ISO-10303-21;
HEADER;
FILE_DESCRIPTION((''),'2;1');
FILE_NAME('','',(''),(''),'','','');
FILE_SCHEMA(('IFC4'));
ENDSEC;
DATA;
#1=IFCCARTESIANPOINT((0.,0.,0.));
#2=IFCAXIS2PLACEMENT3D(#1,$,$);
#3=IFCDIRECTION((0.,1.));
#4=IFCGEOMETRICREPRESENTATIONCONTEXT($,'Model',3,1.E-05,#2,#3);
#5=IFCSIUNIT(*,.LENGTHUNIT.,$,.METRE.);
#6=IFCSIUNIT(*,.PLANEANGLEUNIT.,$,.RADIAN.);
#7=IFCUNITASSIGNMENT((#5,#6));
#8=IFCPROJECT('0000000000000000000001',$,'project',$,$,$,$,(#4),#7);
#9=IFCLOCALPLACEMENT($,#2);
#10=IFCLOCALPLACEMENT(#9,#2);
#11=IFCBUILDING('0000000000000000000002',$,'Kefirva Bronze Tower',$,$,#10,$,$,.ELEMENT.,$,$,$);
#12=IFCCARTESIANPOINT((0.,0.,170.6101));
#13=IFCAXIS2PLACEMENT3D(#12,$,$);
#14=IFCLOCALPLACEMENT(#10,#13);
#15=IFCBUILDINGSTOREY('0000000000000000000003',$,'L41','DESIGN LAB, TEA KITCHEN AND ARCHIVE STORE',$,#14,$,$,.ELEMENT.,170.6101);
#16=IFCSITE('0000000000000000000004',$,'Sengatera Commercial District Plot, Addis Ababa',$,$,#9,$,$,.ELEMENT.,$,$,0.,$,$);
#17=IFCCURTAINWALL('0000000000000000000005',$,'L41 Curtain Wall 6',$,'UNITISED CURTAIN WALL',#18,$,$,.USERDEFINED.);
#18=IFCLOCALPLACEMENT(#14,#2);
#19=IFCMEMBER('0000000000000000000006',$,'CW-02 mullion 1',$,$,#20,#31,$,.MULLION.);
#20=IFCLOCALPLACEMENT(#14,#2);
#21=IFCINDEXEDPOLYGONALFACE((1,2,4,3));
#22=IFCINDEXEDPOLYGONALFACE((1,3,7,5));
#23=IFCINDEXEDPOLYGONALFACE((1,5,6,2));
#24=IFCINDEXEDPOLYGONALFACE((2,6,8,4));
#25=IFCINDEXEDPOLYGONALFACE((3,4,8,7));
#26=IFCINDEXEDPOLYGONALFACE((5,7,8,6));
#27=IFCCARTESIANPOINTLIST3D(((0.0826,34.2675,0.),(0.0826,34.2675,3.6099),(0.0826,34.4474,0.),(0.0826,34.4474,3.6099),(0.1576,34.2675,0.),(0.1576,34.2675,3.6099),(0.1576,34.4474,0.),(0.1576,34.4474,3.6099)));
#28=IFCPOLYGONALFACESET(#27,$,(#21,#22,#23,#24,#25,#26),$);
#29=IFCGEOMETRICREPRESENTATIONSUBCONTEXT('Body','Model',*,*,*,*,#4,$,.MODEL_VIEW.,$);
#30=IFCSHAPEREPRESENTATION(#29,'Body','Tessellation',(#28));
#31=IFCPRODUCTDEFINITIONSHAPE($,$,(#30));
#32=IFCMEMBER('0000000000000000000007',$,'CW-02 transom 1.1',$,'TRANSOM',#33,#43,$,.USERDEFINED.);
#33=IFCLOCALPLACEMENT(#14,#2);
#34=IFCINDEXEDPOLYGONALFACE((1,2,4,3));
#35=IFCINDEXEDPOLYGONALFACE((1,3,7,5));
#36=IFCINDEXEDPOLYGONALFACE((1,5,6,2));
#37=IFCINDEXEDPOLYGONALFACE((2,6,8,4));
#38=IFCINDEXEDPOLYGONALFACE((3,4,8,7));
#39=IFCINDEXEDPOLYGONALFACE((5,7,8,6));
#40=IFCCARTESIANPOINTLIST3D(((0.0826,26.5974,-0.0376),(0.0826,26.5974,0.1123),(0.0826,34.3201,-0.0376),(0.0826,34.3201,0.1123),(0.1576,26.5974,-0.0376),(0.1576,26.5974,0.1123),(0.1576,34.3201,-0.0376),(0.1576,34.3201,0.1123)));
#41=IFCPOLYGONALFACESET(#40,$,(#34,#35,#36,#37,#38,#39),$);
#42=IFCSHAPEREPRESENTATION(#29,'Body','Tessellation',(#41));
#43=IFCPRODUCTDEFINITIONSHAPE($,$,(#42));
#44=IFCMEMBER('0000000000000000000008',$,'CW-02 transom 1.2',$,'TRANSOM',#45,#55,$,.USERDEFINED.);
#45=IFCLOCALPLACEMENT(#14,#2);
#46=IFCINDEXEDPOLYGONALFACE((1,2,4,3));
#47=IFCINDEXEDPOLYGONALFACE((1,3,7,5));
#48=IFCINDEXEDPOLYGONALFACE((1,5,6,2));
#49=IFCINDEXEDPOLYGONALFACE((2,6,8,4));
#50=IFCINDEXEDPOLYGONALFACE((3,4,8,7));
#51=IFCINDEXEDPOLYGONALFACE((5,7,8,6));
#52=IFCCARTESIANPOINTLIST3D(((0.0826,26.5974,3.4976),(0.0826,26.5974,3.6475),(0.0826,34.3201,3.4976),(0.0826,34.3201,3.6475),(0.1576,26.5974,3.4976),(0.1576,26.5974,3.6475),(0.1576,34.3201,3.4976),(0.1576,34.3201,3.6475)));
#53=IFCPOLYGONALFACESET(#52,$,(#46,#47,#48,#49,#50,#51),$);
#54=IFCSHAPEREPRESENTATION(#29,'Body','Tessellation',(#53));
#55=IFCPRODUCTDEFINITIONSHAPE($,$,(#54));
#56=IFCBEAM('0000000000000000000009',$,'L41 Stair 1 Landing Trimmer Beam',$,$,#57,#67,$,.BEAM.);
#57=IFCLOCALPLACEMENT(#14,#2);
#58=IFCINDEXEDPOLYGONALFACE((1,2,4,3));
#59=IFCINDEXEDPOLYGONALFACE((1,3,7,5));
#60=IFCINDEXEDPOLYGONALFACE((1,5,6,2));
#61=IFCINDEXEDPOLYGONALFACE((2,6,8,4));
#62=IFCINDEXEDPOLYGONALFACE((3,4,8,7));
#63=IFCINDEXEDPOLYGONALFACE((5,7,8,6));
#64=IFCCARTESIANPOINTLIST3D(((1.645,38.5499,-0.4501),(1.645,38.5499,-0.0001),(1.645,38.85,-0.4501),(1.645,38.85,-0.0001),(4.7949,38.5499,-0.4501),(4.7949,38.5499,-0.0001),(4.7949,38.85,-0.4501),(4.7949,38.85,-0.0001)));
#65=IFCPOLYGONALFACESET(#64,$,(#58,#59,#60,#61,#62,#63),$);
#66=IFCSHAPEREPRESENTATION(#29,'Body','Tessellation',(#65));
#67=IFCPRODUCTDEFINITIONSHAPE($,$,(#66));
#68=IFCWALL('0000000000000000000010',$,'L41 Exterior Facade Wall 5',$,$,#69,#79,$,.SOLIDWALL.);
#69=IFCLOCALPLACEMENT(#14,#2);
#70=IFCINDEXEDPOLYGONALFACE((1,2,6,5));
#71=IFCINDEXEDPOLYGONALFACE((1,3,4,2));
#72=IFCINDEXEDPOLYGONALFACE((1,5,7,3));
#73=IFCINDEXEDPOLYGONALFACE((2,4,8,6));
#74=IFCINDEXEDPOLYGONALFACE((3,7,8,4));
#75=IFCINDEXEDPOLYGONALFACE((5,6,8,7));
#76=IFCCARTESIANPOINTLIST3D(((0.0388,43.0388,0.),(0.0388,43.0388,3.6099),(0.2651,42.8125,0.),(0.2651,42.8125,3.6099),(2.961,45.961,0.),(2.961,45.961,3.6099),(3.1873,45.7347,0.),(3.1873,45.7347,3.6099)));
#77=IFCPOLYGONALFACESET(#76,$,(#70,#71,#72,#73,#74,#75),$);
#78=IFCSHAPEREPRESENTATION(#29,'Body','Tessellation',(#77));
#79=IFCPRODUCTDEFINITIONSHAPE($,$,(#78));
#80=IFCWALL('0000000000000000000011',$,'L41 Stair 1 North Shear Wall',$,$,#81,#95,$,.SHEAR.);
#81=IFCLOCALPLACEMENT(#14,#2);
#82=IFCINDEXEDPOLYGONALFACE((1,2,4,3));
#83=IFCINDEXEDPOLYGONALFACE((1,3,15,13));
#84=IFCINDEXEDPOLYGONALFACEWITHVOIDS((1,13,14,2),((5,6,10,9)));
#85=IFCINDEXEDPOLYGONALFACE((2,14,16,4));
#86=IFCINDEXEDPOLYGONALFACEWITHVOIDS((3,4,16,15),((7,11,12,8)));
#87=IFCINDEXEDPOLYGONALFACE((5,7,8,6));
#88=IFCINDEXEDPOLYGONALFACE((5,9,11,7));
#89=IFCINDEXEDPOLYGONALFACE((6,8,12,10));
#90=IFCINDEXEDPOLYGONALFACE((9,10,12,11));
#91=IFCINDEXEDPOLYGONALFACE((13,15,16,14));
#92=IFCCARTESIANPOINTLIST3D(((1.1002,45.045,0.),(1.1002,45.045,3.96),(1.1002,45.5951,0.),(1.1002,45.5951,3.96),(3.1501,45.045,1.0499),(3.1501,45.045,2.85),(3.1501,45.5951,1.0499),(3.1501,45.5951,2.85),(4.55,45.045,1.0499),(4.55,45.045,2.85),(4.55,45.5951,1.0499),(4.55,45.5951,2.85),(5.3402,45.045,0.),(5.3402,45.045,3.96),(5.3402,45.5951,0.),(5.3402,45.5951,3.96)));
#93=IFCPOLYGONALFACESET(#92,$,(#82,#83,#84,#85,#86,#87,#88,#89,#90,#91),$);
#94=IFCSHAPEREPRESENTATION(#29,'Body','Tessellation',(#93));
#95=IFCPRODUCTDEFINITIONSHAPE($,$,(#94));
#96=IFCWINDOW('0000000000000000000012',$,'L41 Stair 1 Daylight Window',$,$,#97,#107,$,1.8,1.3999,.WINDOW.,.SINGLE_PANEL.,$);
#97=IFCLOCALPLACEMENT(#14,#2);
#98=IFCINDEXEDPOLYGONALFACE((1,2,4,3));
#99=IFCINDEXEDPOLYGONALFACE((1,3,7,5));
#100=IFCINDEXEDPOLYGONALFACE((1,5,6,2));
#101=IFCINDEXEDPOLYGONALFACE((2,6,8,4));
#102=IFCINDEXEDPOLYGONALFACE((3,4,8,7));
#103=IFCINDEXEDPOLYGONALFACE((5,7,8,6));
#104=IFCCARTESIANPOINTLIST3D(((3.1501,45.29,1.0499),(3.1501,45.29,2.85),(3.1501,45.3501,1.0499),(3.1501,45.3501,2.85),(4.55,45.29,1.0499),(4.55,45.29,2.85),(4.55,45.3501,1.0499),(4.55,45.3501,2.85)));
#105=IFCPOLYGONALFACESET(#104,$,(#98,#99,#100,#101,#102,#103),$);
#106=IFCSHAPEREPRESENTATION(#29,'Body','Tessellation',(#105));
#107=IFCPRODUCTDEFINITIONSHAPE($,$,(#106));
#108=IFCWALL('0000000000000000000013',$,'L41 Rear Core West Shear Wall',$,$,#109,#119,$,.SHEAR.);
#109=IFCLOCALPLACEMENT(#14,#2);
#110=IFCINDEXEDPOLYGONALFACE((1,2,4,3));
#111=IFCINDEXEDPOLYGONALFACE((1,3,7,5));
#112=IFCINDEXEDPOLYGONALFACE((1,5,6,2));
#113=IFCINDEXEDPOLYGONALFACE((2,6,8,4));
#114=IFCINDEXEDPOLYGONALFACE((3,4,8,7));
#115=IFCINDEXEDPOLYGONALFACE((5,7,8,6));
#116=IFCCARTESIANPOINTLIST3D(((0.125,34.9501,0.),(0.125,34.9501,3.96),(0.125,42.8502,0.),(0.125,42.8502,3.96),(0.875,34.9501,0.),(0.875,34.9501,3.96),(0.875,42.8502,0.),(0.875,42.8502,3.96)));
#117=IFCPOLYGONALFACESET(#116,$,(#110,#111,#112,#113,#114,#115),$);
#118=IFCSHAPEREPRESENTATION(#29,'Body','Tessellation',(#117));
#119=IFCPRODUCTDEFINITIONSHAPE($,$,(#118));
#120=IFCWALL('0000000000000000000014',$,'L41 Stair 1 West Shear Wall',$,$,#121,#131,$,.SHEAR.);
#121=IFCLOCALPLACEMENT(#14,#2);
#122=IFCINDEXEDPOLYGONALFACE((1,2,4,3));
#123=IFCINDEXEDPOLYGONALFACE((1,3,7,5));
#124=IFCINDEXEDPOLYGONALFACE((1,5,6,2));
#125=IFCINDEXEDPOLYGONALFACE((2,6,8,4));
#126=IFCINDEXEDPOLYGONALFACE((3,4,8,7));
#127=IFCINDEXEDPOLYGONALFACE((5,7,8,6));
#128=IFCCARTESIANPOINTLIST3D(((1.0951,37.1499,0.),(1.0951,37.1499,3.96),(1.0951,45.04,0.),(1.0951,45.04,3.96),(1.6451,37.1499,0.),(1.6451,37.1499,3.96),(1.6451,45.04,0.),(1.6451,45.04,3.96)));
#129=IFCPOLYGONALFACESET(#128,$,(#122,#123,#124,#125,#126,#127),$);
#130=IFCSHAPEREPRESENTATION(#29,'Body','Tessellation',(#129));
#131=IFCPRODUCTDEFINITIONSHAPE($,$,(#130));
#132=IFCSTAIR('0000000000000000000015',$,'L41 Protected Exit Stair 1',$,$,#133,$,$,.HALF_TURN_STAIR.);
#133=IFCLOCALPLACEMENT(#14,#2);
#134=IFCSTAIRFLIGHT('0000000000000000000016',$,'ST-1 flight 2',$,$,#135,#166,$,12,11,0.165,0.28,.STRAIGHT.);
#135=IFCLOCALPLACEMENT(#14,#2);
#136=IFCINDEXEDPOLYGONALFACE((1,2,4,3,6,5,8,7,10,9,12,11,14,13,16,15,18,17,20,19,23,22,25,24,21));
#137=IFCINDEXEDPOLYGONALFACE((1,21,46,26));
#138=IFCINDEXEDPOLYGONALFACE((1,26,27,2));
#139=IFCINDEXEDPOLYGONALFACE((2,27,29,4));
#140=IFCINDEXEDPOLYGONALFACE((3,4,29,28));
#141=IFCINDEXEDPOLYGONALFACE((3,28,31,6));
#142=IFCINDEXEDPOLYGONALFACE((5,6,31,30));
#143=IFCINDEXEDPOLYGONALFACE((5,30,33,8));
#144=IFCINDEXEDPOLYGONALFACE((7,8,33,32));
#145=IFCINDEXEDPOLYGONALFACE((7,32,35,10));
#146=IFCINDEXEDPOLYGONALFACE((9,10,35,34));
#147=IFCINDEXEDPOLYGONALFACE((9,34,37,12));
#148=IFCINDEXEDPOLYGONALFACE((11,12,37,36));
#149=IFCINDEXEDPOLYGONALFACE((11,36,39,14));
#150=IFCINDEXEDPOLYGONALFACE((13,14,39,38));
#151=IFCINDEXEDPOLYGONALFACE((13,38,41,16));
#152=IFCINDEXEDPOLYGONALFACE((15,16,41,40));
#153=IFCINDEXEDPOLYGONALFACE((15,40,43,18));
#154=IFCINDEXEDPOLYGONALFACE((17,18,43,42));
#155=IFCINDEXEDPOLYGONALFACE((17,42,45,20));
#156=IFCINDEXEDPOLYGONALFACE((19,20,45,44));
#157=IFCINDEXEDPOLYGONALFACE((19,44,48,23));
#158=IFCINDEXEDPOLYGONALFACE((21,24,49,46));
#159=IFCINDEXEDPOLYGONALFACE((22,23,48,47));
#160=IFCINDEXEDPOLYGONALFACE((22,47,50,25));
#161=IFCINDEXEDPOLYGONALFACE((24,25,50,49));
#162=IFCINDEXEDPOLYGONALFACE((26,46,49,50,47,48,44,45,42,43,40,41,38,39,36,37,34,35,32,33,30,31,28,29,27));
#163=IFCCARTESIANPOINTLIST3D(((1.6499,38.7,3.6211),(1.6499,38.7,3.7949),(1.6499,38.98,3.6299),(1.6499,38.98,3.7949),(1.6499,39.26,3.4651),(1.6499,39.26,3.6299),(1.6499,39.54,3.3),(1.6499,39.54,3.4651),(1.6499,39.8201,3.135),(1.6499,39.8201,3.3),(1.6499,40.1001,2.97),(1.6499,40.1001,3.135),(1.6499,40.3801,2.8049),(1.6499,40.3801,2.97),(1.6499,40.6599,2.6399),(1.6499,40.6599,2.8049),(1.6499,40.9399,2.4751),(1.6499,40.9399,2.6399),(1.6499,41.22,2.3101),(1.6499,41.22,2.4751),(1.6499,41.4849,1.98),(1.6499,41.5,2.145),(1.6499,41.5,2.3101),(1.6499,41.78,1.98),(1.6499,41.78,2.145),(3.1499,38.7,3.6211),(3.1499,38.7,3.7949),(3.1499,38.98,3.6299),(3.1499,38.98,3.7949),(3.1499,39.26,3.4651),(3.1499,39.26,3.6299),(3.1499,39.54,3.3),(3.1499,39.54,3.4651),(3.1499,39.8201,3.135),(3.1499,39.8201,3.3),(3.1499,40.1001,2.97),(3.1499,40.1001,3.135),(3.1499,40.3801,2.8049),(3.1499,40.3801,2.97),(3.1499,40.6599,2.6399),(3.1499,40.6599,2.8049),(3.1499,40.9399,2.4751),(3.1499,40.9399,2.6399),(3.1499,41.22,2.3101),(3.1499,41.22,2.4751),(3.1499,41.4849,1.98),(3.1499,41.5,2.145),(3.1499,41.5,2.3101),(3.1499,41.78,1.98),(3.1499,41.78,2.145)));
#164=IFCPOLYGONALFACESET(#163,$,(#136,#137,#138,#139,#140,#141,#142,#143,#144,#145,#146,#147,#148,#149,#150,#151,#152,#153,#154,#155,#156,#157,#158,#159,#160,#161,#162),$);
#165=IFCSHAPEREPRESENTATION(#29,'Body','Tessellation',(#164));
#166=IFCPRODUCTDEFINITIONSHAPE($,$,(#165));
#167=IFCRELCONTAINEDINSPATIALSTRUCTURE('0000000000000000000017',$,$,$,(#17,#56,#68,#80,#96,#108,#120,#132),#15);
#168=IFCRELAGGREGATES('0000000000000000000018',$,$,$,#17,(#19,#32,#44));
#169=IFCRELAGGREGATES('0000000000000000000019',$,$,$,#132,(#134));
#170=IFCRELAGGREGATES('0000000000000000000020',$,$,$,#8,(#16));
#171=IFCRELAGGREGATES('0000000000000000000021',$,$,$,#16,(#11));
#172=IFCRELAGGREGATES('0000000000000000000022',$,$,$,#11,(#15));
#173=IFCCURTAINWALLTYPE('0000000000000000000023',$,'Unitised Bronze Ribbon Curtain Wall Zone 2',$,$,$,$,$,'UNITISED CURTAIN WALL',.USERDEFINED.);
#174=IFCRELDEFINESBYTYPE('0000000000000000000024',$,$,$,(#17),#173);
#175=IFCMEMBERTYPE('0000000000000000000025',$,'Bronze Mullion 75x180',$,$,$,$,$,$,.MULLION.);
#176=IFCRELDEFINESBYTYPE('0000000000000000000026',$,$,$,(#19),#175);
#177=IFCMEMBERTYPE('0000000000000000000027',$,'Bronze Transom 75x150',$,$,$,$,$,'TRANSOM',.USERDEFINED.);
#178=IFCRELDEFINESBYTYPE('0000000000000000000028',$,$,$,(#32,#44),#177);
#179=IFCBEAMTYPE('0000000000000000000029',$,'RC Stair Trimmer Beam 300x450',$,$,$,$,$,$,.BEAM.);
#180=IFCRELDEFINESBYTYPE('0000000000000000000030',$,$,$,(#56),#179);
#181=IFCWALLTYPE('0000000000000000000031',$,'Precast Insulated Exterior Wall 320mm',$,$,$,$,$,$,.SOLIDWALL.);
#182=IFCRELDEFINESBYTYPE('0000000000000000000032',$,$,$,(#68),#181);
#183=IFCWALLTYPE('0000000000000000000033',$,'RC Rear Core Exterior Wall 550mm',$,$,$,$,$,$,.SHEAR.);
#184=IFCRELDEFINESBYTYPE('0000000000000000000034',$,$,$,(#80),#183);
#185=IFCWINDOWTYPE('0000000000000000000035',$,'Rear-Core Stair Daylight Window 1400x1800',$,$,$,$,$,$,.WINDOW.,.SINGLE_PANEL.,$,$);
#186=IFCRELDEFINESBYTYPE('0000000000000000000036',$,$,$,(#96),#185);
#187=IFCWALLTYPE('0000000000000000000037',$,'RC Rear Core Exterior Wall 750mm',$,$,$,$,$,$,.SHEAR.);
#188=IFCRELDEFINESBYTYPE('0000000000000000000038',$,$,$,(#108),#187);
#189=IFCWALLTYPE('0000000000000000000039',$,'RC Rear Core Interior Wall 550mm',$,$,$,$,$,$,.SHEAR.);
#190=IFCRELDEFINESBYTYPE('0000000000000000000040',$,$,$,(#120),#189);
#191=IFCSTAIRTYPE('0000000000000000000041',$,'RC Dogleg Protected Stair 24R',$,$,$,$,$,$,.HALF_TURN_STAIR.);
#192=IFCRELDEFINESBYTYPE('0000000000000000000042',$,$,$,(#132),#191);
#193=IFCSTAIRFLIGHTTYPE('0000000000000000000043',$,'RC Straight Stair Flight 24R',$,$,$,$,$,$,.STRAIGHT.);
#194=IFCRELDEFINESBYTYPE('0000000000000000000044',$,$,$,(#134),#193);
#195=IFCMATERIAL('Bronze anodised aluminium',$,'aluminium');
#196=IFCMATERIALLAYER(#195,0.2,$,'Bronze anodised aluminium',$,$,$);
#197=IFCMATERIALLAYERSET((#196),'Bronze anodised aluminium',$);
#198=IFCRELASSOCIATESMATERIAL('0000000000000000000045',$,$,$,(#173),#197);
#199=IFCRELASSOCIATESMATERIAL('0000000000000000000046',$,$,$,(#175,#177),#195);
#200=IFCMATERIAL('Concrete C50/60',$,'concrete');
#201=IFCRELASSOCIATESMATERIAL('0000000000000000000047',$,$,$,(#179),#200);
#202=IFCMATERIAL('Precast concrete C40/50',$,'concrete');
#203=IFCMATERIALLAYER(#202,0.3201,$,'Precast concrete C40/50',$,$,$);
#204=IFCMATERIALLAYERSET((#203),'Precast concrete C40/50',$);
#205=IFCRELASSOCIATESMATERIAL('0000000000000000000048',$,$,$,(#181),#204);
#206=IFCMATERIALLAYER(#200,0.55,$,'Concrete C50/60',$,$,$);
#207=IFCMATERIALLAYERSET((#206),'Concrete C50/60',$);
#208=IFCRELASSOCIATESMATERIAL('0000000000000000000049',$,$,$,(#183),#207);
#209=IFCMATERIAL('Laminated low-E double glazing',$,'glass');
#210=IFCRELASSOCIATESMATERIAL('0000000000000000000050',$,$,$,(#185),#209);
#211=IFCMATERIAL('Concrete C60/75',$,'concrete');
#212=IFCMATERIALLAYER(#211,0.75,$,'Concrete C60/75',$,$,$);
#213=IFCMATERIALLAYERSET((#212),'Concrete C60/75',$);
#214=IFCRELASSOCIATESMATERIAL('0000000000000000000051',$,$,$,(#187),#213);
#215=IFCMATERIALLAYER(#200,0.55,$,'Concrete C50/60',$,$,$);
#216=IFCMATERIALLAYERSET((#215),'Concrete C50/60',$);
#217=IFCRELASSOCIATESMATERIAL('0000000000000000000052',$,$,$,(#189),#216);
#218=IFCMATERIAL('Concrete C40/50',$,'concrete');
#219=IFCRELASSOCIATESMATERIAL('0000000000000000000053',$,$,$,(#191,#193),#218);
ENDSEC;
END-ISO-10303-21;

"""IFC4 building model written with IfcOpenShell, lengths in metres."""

from ifc_helpers import new_model, si_unit, direction, frame, frame_2d, origin, origin_2d, place, context, subcontext, project, spatial, polyline, rectangle, outline, extrude, material, layer, layer_set, material_profile, profile_set, type_object, element, fill, aggregate, save


model = new_model("IFC4")

# Units and contexts
model_context = context("Model", 3, precision=1e-05, world=origin(), true_north=direction((0.0, 1.0)))
body_context = subcontext(model_context, "Body", "Model", "MODEL_VIEW")
ifc_project = project(units=[si_unit("LENGTHUNIT", "METRE"), si_unit("PLANEANGLEUNIT", "RADIAN")], contexts=[model_context])

# Site, building, storey
site_placement = place(None, origin())
site = spatial("IfcSite", under=ifc_project, at=site_placement, Name="Sengatera Commercial District Plot, Addis Ababa", CompositionType="ELEMENT", RefElevation=0.0)
building_placement = place(site_placement, origin())
building = spatial("IfcBuilding", under=site, at=building_placement, Name="Kefirva Bronze Tower", CompositionType="ELEMENT")
storey_placement = place(building_placement, frame((0.0, 0.0, 170.6101)))
storey = spatial("IfcBuildingStorey", under=building, at=storey_placement, Name="L41", Description="DESIGN LAB, TEA KITCHEN AND ARCHIVE STORE", CompositionType="ELEMENT", Elevation=170.6101)

# Curtain wall, members
ifc_material_1 = material(Name="Bronze anodised aluminium", Category="aluminium")
ifc_layer_1 = layer(ifc_material_1, 0.2, Name="Bronze anodised aluminium")
ifc_layer_set_1 = layer_set([ifc_layer_1], Name="Bronze anodised aluminium")
curtain_wall_type = type_object("IfcCurtainWallType", Name="Unitised Bronze Ribbon Curtain Wall Zone 2", ElementType="UNITISED CURTAIN WALL", PredefinedType="USERDEFINED", material=ifc_layer_set_1)
curtain_wall_placement = place(storey_placement, origin())
curtain_wall = element("IfcCurtainWall", 1, at=curtain_wall_placement, inside=storey, type_object=curtain_wall_type, Name="L41 Curtain Wall 6", ObjectType="UNITISED CURTAIN WALL", PredefinedType="USERDEFINED")
ifc_material_profile_1 = material_profile(ifc_material_1, rectangle(XDim=0.075, YDim=0.1799, at=origin_2d()), Name="ALU 75x180")
ifc_profile_set_1 = profile_set([ifc_material_profile_1], Name="Bronze anodised aluminium")
member_type_1 = type_object("IfcMemberType", Name="Bronze Mullion 75x180", PredefinedType="MULLION", material=ifc_profile_set_1)
member_1_placement = place(storey_placement, frame((0.1201, 34.3574, 0.0), z_axis=(0.0, 0.0, 1.0), x_axis=(1.0, 0.0, 0.0)))
member_1 = element("IfcMember", 2, at=member_1_placement, type_object=member_type_1, Name="CW-02 mullion 1", PredefinedType="MULLION", context=body_context, shape_type="SweptSolid", body=[
    extrude(rectangle(XDim=0.075, YDim=0.1799, at=origin_2d()), origin(), (0.0, 0.0, 1.0), 3.6099),
])
ifc_material_profile_2 = material_profile(ifc_material_1, rectangle(XDim=0.075, YDim=0.1499, at=origin_2d()), Name="ALU 75x150")
ifc_profile_set_2 = profile_set([ifc_material_profile_2], Name="Bronze anodised aluminium")
member_type_2 = type_object("IfcMemberType", Name="Bronze Transom 75x150", ElementType="TRANSOM", PredefinedType="USERDEFINED", material=ifc_profile_set_2)
member_2_placement = place(storey_placement, frame((0.1201, 34.3201, 0.0374), z_axis=(0.0, -1.0, 0.0), x_axis=(1.0, 0.0, 0.0)))
member_2 = element("IfcMember", 3, at=member_2_placement, type_object=member_type_2, Name="CW-02 transom 1.1", ObjectType="TRANSOM", PredefinedType="USERDEFINED", context=body_context, shape_type="SweptSolid", body=[
    extrude(rectangle(XDim=0.075, YDim=0.1499, at=origin_2d()), origin(), (0.0, 0.0, 1.0), 7.7227),
])
member_3_placement = place(storey_placement, frame((0.1201, 34.3201, 3.5725), z_axis=(0.0, -1.0, 0.0), x_axis=(1.0, 0.0, 0.0)))
member_3 = element("IfcMember", 4, at=member_3_placement, type_object=member_type_2, Name="CW-02 transom 1.2", ObjectType="TRANSOM", PredefinedType="USERDEFINED", context=body_context, shape_type="SweptSolid", body=[
    extrude(rectangle(XDim=0.075, YDim=0.1499, at=origin_2d()), origin(), (0.0, 0.0, 1.0), 7.7227),
])
aggregate(curtain_wall, [member_1, member_2, member_3])

# Beam
ifc_material_2 = material(Name="Concrete C50/60", Category="concrete")
ifc_material_profile_3 = material_profile(ifc_material_2, rectangle(XDim=0.3, YDim=0.45, at=origin_2d()), Name="RC 300x450")
ifc_profile_set_3 = profile_set([ifc_material_profile_3], Name="Concrete C50/60")
beam_type = type_object("IfcBeamType", Name="RC Stair Trimmer Beam 300x450", PredefinedType="BEAM", material=ifc_profile_set_3)
beam_placement = place(storey_placement, frame((1.645, 38.7, -0.2251), z_axis=(1.0, 0.0, 0.0), x_axis=(0.0, 1.0, 0.0)))
element("IfcBeam", 5, at=beam_placement, inside=storey, type_object=beam_type, Name="L41 Stair 1 Landing Trimmer Beam", PredefinedType="BEAM", context=body_context, shape_type="SweptSolid", body=[
    extrude(rectangle(XDim=0.3, YDim=0.45, at=origin_2d()), origin(), (0.0, 0.0, 1.0), 3.1499),
])

# Wall
ifc_material_3 = material(Name="Precast concrete C40/50", Category="concrete")
ifc_layer_2 = layer(ifc_material_3, 0.3201, Name="Precast concrete C40/50")
ifc_layer_set_2 = layer_set([ifc_layer_2], Name="Precast concrete C40/50")
wall_type_1 = type_object("IfcWallType", Name="Precast Insulated Exterior Wall 320mm", PredefinedType="SOLIDWALL", material=ifc_layer_set_2)
wall_1_placement = place(storey_placement, frame((3.0742, 45.8479, 0.0), z_axis=(0.0, 0.0, 1.0), x_axis=(-0.707107, -0.707107, 0.0)))
element("IfcWall", 6, at=wall_1_placement, inside=storey, type_object=wall_type_1, Name="L41 Exterior Facade Wall 5", PredefinedType="SOLIDWALL", context=body_context, shape_type="SweptSolid", body=[
    extrude(rectangle(XDim=4.1326, YDim=0.3201, at=frame_2d((2.0664, 0.0))), origin(), (0.0, 0.0, 1.0), 3.6099),
])

# Wall, opening, window
ifc_layer_3 = layer(ifc_material_2, 0.55, Name="Concrete C50/60")
ifc_layer_set_3 = layer_set([ifc_layer_3], Name="Concrete C50/60")
wall_type_2 = type_object("IfcWallType", Name="RC Rear Core Exterior Wall 550mm", PredefinedType="SHEAR", material=ifc_layer_set_3)
wall_2_placement = place(storey_placement, frame((1.1001, 45.3201, 0.0), z_axis=(0.0, 0.0, 1.0), x_axis=(1.0, 0.0, 0.0)))
wall_2 = element("IfcWall", 7, at=wall_2_placement, inside=storey, type_object=wall_type_2, Name="L41 Stair 1 North Shear Wall", PredefinedType="SHEAR", context=body_context, shape_type="SweptSolid", body=[
    extrude(rectangle(XDim=4.24, YDim=0.55, at=frame_2d((2.1201, 0.0))), origin(), (0.0, 0.0, 1.0), 3.96),
])
opening_1_placement = place(wall_2_placement, frame((2.05, 0.0, 1.05)))
opening_1 = element("IfcOpeningElement", 8, at=opening_1_placement, cuts=wall_2, PredefinedType="OPENING", context=body_context, shape_type="SweptSolid", body=[
    extrude(rectangle(XDim=1.3999, YDim=1.8, at=frame_2d((0.7, 0.8999))), frame((0.0, 0.2852, 0.0), z_axis=(0.0, -1.0, 0.0), x_axis=(1.0, 0.0, 0.0)), (0.0, 0.0, 1.0), 0.5701),
])
ifc_material_4 = material(Name="Laminated low-E double glazing", Category="glass")
window_type = type_object("IfcWindowType", Name="Rear-Core Stair Daylight Window 1400x1800", PartitioningType="SINGLE_PANEL", PredefinedType="WINDOW", material=ifc_material_4)
window_placement = place(opening_1_placement, origin())
window = element("IfcWindow", 9, at=window_placement, inside=storey, type_object=window_type, Name="L41 Stair 1 Daylight Window", OverallHeight=1.8, OverallWidth=1.3999, PartitioningType="SINGLE_PANEL", PredefinedType="WINDOW", context=body_context, shape_type="SweptSolid", body=[
    extrude(rectangle(XDim=1.3999, YDim=1.8, at=frame_2d((0.7, 0.8999))), frame((0.0, 0.03, 0.0), z_axis=(0.0, -1.0, 0.0), x_axis=(1.0, 0.0, 0.0)), (0.0, 0.0, 1.0), 0.0601),
])
fill(opening_1, window)

# Walls
ifc_material_5 = material(Name="Concrete C60/75", Category="concrete")
ifc_layer_4 = layer(ifc_material_5, 0.75, Name="Concrete C60/75")
ifc_layer_set_4 = layer_set([ifc_layer_4], Name="Concrete C60/75")
wall_type_3 = type_object("IfcWallType", Name="RC Rear Core Exterior Wall 750mm", PredefinedType="SHEAR", material=ifc_layer_set_4)
wall_3_placement = place(storey_placement, frame((0.5, 34.95, 0.0), z_axis=(0.0, 0.0, 1.0), x_axis=(0.0, 1.0, 0.0)))
element("IfcWall", 10, at=wall_3_placement, inside=storey, type_object=wall_type_3, Name="L41 Rear Core West Shear Wall", PredefinedType="SHEAR", context=body_context, shape_type="SweptSolid", body=[
    extrude(rectangle(XDim=7.9001, YDim=0.75, at=frame_2d((3.9502, 0.0))), origin(), (0.0, 0.0, 1.0), 3.96),
])
ifc_layer_5 = layer(ifc_material_2, 0.55, Name="Concrete C50/60")
ifc_layer_set_5 = layer_set([ifc_layer_5], Name="Concrete C50/60")
wall_type_4 = type_object("IfcWallType", Name="RC Rear Core Interior Wall 550mm", PredefinedType="SHEAR", material=ifc_layer_set_5)
wall_4_placement = place(storey_placement, frame((1.3701, 37.1499, 0.0), z_axis=(0.0, 0.0, 1.0), x_axis=(0.0, 1.0, 0.0)))
element("IfcWall", 11, at=wall_4_placement, inside=storey, type_object=wall_type_4, Name="L41 Stair 1 West Shear Wall", PredefinedType="SHEAR", context=body_context, shape_type="SweptSolid", body=[
    extrude(rectangle(XDim=7.8901, YDim=0.55, at=frame_2d((3.9451, 0.0))), origin(), (0.0, 0.0, 1.0), 3.96),
])

# Stair, stair flight
ifc_material_6 = material(Name="Concrete C40/50", Category="concrete")
stair_type = type_object("IfcStairType", Name="RC Dogleg Protected Stair 24R", PredefinedType="HALF_TURN_STAIR", material=ifc_material_6)
stair_placement = place(storey_placement, origin())
stair = element("IfcStair", 12, at=stair_placement, inside=storey, type_object=stair_type, Name="L41 Protected Exit Stair 1", PredefinedType="HALF_TURN_STAIR")
stair_flight_type = type_object("IfcStairFlightType", Name="RC Straight Stair Flight 24R", PredefinedType="STRAIGHT", material=ifc_material_6)
stair_flight_placement = place(storey_placement, frame((2.3999, 41.78, 1.98), z_axis=(0.0, 0.0, 1.0), x_axis=(0.0, -1.0, 0.0)))
stair_flight = element("IfcStairFlight", 13, at=stair_flight_placement, type_object=stair_flight_type, Name="ST-1 flight 2", NumberOfRisers=12, NumberOfTreads=11, PredefinedType="STRAIGHT", RiserHeight=0.165, TreadLength=0.28, context=body_context, shape_type="SweptSolid", body=[
    extrude(outline(polyline([(0.0, 0.0), (0.0, 0.165), (0.28, 0.165), (0.28, 0.3301), (0.5601, 0.3301), (0.5601, 0.4951), (0.8401, 0.4951), (0.8401, 0.6599), (1.1201, 0.6599), (1.1201, 0.825), (1.3999, 0.825), (1.3999, 0.99), (1.6799, 0.99), (1.6799, 1.155), (1.96, 1.155), (1.96, 1.3201), (2.24, 1.3201), (2.24, 1.4851), (2.52, 1.4851), (2.52, 1.6499), (2.8, 1.6499), (2.8, 1.8149), (3.0801, 1.8149), (3.0801, 1.98), (3.0801, 1.6411), (0.2952, 0.0), (0.0, 0.0)])), frame((0.0, 0.75, 0.0), z_axis=(0.0, -1.0, 0.0), x_axis=(1.0, 0.0, 0.0)), (0.0, 0.0, 1.0), 1.5),
])
aggregate(stair, [stair_flight])

save(model, "model.ifc")
